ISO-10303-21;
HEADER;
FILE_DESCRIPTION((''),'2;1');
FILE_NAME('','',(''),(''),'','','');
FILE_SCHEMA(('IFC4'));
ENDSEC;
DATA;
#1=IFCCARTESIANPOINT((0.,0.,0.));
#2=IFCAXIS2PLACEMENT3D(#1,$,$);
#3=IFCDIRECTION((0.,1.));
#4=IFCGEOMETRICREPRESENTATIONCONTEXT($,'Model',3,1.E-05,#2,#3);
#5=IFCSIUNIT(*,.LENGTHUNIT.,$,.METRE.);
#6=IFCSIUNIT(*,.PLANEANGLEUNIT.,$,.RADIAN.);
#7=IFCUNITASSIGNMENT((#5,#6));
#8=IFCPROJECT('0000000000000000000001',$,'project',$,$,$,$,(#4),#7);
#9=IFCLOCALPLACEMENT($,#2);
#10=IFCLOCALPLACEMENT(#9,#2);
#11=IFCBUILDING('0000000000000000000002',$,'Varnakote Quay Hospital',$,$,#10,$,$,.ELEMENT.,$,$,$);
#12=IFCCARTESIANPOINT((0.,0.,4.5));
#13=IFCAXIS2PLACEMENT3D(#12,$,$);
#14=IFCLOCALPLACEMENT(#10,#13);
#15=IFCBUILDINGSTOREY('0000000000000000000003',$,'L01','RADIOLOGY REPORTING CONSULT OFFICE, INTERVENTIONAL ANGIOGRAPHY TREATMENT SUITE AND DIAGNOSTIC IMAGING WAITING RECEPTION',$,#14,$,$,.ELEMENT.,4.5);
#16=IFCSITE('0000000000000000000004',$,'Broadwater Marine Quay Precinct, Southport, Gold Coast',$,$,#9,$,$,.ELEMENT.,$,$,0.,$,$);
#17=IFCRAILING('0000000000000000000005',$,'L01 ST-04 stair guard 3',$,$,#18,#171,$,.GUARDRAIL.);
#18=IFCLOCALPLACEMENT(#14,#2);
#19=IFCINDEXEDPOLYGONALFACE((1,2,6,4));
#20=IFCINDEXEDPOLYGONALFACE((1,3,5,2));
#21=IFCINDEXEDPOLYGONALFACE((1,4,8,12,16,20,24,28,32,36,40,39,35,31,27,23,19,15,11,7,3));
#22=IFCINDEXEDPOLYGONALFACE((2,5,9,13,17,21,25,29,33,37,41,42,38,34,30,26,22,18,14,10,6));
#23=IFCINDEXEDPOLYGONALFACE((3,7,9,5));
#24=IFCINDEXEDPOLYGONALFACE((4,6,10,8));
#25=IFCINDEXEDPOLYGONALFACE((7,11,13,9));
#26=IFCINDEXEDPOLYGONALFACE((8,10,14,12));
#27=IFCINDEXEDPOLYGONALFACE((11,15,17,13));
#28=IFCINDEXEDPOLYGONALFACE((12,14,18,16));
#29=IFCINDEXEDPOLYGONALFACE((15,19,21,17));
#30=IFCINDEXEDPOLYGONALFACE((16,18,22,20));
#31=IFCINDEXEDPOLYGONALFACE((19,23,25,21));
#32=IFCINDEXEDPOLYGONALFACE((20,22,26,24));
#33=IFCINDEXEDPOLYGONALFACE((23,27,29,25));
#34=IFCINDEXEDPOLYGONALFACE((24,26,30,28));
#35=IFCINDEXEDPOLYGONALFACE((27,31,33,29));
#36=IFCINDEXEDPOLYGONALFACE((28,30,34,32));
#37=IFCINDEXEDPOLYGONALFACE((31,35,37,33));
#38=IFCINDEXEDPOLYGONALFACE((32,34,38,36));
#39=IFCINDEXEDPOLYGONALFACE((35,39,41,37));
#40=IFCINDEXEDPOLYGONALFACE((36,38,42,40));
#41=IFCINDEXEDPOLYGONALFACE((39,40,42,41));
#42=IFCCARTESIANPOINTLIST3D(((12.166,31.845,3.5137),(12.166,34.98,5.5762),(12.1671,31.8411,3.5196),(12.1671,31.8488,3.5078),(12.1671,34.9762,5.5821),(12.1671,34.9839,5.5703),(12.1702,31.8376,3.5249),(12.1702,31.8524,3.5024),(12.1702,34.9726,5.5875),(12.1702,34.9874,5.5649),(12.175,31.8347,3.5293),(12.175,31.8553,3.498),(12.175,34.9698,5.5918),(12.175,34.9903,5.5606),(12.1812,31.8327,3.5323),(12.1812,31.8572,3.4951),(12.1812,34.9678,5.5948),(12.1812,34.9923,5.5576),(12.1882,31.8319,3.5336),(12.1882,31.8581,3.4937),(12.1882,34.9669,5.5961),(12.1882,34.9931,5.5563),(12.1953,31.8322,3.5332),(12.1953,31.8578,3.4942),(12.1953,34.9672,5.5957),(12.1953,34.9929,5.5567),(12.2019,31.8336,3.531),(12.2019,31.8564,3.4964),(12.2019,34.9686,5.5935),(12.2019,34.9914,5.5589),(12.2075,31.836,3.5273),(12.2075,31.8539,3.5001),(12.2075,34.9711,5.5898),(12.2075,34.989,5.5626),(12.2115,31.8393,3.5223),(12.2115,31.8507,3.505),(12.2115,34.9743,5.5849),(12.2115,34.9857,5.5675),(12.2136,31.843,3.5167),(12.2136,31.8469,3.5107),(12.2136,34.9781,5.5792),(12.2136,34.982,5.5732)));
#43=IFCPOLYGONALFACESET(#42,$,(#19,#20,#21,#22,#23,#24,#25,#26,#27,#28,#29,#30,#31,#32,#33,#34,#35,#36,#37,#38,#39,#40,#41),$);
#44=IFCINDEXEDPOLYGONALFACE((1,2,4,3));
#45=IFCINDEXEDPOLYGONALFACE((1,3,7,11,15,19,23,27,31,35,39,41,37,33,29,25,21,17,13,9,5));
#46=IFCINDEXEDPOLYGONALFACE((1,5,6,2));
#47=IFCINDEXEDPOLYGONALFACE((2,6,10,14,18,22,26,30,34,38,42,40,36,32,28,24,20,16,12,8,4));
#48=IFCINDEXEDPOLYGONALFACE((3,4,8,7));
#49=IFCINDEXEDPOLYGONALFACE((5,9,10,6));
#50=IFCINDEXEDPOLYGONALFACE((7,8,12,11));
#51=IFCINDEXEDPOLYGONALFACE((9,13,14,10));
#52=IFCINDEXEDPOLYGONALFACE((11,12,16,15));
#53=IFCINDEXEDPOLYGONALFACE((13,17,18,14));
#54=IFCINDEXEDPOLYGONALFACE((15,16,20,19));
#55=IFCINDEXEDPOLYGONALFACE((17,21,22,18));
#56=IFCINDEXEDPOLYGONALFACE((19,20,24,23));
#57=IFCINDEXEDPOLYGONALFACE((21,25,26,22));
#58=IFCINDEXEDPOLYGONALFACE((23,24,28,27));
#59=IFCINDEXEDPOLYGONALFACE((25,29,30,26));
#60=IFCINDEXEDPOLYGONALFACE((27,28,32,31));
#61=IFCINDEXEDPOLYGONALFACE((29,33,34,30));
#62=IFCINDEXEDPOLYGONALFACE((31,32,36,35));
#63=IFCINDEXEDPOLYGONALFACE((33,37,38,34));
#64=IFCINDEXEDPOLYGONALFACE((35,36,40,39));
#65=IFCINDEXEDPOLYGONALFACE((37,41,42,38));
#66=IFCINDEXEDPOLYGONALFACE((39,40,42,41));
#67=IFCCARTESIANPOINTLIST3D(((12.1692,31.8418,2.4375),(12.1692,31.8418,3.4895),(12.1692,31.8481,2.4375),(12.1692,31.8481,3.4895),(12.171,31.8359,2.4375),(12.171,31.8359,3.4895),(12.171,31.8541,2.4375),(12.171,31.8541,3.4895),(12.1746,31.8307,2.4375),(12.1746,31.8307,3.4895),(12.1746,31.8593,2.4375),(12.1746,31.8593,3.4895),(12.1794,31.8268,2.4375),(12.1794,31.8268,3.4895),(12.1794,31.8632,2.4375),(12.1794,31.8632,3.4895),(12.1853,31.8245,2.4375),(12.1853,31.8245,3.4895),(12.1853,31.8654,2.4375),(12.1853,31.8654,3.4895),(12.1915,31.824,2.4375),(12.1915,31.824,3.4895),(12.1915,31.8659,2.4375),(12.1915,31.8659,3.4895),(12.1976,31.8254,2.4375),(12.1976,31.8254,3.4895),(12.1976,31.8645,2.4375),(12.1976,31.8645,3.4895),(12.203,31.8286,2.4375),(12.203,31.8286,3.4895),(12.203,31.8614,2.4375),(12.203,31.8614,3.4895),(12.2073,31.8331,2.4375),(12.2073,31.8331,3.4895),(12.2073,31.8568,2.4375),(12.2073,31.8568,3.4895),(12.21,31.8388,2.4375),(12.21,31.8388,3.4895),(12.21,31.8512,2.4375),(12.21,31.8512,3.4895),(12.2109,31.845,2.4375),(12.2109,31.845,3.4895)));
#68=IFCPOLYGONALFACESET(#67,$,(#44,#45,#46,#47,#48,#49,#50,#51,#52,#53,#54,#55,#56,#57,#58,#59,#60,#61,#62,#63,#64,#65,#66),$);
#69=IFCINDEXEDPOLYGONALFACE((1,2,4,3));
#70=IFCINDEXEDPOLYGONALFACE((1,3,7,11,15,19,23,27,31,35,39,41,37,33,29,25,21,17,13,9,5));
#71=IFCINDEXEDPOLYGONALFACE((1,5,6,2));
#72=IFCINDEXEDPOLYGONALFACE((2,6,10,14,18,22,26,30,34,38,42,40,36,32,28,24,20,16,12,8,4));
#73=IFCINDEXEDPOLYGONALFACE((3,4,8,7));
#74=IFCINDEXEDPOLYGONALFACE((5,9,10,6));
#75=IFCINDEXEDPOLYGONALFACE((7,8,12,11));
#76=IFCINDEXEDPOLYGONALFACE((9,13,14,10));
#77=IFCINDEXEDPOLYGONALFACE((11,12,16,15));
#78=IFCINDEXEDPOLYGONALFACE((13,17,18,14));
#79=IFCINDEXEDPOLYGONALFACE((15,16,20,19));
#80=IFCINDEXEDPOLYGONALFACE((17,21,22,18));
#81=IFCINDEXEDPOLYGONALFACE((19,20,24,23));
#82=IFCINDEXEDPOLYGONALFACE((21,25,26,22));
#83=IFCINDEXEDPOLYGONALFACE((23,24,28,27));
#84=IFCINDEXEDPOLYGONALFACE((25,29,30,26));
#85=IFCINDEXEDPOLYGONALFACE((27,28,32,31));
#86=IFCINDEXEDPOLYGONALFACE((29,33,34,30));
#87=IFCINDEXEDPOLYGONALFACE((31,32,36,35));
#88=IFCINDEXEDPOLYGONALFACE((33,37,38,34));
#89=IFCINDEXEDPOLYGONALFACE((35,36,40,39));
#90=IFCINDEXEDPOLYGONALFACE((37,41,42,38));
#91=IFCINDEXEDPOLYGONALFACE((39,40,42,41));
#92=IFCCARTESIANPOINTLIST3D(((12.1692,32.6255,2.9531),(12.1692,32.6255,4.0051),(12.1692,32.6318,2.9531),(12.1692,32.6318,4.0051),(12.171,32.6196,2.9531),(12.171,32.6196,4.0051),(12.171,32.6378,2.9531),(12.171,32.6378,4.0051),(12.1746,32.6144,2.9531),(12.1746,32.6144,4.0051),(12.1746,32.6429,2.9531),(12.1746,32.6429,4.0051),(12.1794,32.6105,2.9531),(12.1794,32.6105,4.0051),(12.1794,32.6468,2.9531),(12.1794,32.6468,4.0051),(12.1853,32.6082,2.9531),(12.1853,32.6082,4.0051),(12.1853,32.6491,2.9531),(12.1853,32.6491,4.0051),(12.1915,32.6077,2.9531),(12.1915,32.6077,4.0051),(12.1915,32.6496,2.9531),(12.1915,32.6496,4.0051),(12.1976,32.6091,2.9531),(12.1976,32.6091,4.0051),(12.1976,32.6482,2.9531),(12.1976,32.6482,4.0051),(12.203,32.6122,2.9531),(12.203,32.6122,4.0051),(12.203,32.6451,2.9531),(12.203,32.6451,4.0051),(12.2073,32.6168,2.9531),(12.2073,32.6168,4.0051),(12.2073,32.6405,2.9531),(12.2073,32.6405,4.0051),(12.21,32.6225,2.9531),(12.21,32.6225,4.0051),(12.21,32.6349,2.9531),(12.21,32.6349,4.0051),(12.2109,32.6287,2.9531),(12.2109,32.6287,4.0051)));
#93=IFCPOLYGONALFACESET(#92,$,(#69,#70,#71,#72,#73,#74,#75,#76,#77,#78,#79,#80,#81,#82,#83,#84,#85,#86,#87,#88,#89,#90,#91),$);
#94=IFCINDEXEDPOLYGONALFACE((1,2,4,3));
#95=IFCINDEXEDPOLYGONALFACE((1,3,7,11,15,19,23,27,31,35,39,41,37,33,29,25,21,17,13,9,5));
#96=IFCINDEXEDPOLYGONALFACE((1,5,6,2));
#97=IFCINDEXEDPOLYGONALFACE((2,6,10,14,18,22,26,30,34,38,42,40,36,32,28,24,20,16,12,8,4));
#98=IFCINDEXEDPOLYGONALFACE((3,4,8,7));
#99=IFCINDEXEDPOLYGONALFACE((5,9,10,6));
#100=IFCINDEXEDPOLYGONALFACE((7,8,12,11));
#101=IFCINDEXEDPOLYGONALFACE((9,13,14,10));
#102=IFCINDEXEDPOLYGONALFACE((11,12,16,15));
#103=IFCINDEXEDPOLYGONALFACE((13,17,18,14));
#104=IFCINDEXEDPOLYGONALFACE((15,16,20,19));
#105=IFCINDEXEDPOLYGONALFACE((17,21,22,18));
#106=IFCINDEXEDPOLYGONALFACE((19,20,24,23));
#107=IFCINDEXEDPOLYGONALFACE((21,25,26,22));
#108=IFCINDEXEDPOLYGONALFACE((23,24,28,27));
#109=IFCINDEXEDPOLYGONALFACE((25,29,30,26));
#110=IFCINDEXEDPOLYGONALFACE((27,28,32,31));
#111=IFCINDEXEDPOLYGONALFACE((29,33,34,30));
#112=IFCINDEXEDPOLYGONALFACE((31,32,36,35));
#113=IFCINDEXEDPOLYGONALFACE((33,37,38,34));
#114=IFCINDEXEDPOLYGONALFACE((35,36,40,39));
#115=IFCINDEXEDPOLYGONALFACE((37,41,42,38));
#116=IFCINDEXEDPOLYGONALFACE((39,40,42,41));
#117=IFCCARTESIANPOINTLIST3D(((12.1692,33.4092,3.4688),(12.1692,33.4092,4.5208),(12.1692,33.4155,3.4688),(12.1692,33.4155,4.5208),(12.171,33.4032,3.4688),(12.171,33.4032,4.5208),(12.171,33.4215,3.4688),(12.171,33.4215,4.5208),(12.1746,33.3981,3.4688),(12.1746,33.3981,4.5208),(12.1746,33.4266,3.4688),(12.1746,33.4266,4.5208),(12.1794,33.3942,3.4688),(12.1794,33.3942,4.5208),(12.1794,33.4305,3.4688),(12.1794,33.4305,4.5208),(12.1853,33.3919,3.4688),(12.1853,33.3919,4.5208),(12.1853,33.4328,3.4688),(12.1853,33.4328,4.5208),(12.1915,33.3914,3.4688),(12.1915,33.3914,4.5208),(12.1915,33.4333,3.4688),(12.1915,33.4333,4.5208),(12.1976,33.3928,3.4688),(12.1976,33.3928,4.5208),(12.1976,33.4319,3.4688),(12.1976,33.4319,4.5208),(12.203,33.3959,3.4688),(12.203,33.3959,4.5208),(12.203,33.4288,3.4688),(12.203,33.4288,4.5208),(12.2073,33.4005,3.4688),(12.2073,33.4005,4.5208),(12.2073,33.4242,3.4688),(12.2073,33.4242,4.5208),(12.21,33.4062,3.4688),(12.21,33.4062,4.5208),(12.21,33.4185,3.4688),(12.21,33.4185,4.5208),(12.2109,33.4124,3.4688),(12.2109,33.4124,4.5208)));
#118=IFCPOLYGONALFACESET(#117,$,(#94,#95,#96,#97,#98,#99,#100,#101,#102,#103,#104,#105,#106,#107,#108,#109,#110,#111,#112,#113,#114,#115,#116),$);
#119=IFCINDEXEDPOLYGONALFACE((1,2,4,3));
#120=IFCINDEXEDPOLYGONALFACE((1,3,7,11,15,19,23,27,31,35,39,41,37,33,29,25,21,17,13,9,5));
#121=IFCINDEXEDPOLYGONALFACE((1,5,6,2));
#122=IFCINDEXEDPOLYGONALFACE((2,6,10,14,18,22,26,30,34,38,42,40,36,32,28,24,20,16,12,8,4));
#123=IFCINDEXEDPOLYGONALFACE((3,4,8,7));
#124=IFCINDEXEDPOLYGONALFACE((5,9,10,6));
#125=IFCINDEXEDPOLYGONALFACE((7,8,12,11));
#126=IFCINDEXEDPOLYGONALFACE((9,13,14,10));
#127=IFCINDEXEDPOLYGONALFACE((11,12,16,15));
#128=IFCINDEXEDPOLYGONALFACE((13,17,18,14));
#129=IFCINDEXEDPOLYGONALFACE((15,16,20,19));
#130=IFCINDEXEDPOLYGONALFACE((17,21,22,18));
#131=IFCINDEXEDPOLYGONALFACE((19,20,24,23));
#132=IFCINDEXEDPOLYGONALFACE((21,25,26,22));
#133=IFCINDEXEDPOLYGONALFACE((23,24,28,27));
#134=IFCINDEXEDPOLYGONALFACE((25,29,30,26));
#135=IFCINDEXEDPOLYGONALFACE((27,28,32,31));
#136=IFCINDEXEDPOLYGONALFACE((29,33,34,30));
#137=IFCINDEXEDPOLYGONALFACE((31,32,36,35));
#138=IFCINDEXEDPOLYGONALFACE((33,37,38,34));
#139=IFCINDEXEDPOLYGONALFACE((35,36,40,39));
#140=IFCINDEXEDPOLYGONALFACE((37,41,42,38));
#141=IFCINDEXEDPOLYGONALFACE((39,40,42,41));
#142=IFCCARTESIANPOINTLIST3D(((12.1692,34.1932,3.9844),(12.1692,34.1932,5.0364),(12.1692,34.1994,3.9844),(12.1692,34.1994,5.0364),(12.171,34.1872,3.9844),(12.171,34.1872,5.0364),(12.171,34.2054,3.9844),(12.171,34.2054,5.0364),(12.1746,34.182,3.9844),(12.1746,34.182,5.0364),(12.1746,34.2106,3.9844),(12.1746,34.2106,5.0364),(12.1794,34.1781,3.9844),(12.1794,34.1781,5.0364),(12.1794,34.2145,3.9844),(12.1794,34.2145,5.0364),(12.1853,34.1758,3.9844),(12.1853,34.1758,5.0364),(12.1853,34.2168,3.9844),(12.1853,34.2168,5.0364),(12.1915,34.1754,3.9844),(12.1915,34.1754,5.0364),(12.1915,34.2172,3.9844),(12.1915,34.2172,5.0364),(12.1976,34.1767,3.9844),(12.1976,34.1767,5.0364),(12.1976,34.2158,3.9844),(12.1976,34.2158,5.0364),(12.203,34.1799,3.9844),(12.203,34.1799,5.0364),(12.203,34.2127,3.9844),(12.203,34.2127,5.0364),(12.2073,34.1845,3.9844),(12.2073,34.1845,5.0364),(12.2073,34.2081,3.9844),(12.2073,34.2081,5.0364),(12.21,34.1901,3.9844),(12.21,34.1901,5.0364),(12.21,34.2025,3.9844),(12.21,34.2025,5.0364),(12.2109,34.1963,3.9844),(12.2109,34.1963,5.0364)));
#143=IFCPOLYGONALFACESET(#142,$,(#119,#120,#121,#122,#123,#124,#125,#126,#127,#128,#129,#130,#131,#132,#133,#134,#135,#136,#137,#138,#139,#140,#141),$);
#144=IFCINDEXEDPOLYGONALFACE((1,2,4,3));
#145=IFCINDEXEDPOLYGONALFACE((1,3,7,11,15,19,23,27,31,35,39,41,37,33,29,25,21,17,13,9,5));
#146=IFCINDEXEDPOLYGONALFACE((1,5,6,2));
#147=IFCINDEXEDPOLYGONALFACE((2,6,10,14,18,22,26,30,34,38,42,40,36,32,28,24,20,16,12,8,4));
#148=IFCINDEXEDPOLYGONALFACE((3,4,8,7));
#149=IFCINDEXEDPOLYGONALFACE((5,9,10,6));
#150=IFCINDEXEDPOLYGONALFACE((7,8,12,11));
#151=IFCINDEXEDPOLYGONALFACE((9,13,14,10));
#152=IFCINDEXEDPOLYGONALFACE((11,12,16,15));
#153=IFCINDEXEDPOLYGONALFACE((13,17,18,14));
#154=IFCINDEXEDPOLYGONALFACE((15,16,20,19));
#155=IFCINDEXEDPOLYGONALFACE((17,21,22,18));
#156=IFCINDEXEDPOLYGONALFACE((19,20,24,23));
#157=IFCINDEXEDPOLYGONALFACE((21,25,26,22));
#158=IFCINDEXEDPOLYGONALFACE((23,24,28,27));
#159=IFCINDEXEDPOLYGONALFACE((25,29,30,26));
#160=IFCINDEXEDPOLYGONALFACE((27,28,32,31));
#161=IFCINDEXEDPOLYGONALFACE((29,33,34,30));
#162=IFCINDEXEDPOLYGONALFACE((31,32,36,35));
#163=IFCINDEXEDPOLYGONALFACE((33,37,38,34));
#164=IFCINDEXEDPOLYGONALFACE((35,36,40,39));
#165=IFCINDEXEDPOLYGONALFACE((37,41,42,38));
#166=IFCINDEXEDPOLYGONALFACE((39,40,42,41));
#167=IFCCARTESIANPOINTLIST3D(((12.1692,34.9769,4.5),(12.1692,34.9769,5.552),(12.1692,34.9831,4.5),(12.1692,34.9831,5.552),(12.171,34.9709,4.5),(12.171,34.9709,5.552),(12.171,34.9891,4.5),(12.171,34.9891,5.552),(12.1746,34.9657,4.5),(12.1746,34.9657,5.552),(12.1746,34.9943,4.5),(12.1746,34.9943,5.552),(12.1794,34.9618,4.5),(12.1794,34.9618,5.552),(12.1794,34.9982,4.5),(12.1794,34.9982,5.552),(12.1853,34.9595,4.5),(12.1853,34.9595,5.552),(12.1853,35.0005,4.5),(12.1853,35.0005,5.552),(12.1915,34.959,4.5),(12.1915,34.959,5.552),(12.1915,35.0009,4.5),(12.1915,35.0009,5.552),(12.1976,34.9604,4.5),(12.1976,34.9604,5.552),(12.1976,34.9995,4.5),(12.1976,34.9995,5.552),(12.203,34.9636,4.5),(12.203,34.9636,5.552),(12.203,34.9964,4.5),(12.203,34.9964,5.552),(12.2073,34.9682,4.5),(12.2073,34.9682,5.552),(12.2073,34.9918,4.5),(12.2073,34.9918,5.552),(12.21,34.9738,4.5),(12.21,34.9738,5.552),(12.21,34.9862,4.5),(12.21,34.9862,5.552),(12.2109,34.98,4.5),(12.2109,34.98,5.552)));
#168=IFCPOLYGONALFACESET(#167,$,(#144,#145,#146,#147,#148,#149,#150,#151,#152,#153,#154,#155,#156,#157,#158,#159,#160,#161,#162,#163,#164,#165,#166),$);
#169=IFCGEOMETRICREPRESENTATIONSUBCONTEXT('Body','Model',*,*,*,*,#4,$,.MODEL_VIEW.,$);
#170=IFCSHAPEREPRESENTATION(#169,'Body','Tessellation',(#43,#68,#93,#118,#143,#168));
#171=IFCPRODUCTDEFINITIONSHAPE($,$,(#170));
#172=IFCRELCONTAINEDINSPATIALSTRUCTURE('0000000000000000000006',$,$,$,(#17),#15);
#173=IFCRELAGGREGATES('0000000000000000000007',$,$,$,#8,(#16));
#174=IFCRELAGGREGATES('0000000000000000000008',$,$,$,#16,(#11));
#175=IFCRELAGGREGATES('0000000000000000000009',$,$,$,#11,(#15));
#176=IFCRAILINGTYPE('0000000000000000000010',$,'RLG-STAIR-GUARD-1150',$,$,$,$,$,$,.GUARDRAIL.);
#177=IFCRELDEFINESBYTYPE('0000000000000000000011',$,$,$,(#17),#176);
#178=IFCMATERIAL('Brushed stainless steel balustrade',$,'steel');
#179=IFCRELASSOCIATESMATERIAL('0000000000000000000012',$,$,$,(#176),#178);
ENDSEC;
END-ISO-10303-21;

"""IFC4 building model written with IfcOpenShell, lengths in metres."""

from ifc_helpers import new_model, si_unit, direction, frame, origin, origin_2d, place, context, subcontext, project, spatial, circle, extrude, material, type_object, element, save


model = new_model("IFC4")

# Units and contexts
model_context = context("Model", 3, precision=1e-05, world=origin(), true_north=direction((0.0, 1.0)))
body_context = subcontext(model_context, "Body", "Model", "MODEL_VIEW")
ifc_project = project(units=[si_unit("LENGTHUNIT", "METRE"), si_unit("PLANEANGLEUNIT", "RADIAN")], contexts=[model_context])

# Site, building, storey
site_placement = place(None, origin())
site = spatial("IfcSite", under=ifc_project, at=site_placement, Name="Broadwater Marine Quay Precinct, Southport, Gold Coast", CompositionType="ELEMENT", RefElevation=0.0)
building_placement = place(site_placement, origin())
building = spatial("IfcBuilding", under=site, at=building_placement, Name="Varnakote Quay Hospital", CompositionType="ELEMENT")
storey_placement = place(building_placement, frame((0.0, 0.0, 4.5)))
storey = spatial("IfcBuildingStorey", under=building, at=storey_placement, Name="L01", Description="RADIOLOGY REPORTING CONSULT OFFICE, INTERVENTIONAL ANGIOGRAPHY TREATMENT SUITE AND DIAGNOSTIC IMAGING WAITING RECEPTION", CompositionType="ELEMENT", Elevation=4.5)

# Railing
ifc_material_1 = material(Name="Brushed stainless steel balustrade", Category="steel")
railing_type_1 = type_object("IfcRailingType", Name="RLG-STAIR-GUARD-1150", PredefinedType="GUARDRAIL", material=ifc_material_1)
railing_1_placement = place(storey_placement, frame((12.1899, 31.845, 2.4375)))
element("IfcRailing", 1, at=railing_1_placement, inside=storey, type_object=railing_type_1, Name="L01 ST-04 stair guard 3", PredefinedType="GUARDRAIL", context=body_context, shape_type="SweptSolid", body=[
    extrude(circle(Radius=0.0239, at=origin_2d()), frame((0.0, 0.0, 1.0762), z_axis=(0.0, 0.835418, 0.549615), x_axis=(-1.0, 0.0, 0.0)), (0.0, 0.0, 1.0), 3.7527),
    extrude(circle(Radius=0.021, at=origin_2d()), origin(), (0.0, 0.0, 1.0), 1.052),
    extrude(circle(Radius=0.021, at=origin_2d()), frame((0.0, 0.7837, 0.5156)), (0.0, 0.0, 1.0), 1.052),
    extrude(circle(Radius=0.021, at=origin_2d()), frame((0.0, 1.5674, 1.0312)), (0.0, 0.0, 1.0), 1.052),
    extrude(circle(Radius=0.021, at=origin_2d()), frame((0.0, 2.3513, 1.5469)), (0.0, 0.0, 1.0), 1.052),
    extrude(circle(Radius=0.021, at=origin_2d()), frame((0.0, 3.135, 2.0625)), (0.0, 0.0, 1.0), 1.052),
])

save(model, "model.ifc")
